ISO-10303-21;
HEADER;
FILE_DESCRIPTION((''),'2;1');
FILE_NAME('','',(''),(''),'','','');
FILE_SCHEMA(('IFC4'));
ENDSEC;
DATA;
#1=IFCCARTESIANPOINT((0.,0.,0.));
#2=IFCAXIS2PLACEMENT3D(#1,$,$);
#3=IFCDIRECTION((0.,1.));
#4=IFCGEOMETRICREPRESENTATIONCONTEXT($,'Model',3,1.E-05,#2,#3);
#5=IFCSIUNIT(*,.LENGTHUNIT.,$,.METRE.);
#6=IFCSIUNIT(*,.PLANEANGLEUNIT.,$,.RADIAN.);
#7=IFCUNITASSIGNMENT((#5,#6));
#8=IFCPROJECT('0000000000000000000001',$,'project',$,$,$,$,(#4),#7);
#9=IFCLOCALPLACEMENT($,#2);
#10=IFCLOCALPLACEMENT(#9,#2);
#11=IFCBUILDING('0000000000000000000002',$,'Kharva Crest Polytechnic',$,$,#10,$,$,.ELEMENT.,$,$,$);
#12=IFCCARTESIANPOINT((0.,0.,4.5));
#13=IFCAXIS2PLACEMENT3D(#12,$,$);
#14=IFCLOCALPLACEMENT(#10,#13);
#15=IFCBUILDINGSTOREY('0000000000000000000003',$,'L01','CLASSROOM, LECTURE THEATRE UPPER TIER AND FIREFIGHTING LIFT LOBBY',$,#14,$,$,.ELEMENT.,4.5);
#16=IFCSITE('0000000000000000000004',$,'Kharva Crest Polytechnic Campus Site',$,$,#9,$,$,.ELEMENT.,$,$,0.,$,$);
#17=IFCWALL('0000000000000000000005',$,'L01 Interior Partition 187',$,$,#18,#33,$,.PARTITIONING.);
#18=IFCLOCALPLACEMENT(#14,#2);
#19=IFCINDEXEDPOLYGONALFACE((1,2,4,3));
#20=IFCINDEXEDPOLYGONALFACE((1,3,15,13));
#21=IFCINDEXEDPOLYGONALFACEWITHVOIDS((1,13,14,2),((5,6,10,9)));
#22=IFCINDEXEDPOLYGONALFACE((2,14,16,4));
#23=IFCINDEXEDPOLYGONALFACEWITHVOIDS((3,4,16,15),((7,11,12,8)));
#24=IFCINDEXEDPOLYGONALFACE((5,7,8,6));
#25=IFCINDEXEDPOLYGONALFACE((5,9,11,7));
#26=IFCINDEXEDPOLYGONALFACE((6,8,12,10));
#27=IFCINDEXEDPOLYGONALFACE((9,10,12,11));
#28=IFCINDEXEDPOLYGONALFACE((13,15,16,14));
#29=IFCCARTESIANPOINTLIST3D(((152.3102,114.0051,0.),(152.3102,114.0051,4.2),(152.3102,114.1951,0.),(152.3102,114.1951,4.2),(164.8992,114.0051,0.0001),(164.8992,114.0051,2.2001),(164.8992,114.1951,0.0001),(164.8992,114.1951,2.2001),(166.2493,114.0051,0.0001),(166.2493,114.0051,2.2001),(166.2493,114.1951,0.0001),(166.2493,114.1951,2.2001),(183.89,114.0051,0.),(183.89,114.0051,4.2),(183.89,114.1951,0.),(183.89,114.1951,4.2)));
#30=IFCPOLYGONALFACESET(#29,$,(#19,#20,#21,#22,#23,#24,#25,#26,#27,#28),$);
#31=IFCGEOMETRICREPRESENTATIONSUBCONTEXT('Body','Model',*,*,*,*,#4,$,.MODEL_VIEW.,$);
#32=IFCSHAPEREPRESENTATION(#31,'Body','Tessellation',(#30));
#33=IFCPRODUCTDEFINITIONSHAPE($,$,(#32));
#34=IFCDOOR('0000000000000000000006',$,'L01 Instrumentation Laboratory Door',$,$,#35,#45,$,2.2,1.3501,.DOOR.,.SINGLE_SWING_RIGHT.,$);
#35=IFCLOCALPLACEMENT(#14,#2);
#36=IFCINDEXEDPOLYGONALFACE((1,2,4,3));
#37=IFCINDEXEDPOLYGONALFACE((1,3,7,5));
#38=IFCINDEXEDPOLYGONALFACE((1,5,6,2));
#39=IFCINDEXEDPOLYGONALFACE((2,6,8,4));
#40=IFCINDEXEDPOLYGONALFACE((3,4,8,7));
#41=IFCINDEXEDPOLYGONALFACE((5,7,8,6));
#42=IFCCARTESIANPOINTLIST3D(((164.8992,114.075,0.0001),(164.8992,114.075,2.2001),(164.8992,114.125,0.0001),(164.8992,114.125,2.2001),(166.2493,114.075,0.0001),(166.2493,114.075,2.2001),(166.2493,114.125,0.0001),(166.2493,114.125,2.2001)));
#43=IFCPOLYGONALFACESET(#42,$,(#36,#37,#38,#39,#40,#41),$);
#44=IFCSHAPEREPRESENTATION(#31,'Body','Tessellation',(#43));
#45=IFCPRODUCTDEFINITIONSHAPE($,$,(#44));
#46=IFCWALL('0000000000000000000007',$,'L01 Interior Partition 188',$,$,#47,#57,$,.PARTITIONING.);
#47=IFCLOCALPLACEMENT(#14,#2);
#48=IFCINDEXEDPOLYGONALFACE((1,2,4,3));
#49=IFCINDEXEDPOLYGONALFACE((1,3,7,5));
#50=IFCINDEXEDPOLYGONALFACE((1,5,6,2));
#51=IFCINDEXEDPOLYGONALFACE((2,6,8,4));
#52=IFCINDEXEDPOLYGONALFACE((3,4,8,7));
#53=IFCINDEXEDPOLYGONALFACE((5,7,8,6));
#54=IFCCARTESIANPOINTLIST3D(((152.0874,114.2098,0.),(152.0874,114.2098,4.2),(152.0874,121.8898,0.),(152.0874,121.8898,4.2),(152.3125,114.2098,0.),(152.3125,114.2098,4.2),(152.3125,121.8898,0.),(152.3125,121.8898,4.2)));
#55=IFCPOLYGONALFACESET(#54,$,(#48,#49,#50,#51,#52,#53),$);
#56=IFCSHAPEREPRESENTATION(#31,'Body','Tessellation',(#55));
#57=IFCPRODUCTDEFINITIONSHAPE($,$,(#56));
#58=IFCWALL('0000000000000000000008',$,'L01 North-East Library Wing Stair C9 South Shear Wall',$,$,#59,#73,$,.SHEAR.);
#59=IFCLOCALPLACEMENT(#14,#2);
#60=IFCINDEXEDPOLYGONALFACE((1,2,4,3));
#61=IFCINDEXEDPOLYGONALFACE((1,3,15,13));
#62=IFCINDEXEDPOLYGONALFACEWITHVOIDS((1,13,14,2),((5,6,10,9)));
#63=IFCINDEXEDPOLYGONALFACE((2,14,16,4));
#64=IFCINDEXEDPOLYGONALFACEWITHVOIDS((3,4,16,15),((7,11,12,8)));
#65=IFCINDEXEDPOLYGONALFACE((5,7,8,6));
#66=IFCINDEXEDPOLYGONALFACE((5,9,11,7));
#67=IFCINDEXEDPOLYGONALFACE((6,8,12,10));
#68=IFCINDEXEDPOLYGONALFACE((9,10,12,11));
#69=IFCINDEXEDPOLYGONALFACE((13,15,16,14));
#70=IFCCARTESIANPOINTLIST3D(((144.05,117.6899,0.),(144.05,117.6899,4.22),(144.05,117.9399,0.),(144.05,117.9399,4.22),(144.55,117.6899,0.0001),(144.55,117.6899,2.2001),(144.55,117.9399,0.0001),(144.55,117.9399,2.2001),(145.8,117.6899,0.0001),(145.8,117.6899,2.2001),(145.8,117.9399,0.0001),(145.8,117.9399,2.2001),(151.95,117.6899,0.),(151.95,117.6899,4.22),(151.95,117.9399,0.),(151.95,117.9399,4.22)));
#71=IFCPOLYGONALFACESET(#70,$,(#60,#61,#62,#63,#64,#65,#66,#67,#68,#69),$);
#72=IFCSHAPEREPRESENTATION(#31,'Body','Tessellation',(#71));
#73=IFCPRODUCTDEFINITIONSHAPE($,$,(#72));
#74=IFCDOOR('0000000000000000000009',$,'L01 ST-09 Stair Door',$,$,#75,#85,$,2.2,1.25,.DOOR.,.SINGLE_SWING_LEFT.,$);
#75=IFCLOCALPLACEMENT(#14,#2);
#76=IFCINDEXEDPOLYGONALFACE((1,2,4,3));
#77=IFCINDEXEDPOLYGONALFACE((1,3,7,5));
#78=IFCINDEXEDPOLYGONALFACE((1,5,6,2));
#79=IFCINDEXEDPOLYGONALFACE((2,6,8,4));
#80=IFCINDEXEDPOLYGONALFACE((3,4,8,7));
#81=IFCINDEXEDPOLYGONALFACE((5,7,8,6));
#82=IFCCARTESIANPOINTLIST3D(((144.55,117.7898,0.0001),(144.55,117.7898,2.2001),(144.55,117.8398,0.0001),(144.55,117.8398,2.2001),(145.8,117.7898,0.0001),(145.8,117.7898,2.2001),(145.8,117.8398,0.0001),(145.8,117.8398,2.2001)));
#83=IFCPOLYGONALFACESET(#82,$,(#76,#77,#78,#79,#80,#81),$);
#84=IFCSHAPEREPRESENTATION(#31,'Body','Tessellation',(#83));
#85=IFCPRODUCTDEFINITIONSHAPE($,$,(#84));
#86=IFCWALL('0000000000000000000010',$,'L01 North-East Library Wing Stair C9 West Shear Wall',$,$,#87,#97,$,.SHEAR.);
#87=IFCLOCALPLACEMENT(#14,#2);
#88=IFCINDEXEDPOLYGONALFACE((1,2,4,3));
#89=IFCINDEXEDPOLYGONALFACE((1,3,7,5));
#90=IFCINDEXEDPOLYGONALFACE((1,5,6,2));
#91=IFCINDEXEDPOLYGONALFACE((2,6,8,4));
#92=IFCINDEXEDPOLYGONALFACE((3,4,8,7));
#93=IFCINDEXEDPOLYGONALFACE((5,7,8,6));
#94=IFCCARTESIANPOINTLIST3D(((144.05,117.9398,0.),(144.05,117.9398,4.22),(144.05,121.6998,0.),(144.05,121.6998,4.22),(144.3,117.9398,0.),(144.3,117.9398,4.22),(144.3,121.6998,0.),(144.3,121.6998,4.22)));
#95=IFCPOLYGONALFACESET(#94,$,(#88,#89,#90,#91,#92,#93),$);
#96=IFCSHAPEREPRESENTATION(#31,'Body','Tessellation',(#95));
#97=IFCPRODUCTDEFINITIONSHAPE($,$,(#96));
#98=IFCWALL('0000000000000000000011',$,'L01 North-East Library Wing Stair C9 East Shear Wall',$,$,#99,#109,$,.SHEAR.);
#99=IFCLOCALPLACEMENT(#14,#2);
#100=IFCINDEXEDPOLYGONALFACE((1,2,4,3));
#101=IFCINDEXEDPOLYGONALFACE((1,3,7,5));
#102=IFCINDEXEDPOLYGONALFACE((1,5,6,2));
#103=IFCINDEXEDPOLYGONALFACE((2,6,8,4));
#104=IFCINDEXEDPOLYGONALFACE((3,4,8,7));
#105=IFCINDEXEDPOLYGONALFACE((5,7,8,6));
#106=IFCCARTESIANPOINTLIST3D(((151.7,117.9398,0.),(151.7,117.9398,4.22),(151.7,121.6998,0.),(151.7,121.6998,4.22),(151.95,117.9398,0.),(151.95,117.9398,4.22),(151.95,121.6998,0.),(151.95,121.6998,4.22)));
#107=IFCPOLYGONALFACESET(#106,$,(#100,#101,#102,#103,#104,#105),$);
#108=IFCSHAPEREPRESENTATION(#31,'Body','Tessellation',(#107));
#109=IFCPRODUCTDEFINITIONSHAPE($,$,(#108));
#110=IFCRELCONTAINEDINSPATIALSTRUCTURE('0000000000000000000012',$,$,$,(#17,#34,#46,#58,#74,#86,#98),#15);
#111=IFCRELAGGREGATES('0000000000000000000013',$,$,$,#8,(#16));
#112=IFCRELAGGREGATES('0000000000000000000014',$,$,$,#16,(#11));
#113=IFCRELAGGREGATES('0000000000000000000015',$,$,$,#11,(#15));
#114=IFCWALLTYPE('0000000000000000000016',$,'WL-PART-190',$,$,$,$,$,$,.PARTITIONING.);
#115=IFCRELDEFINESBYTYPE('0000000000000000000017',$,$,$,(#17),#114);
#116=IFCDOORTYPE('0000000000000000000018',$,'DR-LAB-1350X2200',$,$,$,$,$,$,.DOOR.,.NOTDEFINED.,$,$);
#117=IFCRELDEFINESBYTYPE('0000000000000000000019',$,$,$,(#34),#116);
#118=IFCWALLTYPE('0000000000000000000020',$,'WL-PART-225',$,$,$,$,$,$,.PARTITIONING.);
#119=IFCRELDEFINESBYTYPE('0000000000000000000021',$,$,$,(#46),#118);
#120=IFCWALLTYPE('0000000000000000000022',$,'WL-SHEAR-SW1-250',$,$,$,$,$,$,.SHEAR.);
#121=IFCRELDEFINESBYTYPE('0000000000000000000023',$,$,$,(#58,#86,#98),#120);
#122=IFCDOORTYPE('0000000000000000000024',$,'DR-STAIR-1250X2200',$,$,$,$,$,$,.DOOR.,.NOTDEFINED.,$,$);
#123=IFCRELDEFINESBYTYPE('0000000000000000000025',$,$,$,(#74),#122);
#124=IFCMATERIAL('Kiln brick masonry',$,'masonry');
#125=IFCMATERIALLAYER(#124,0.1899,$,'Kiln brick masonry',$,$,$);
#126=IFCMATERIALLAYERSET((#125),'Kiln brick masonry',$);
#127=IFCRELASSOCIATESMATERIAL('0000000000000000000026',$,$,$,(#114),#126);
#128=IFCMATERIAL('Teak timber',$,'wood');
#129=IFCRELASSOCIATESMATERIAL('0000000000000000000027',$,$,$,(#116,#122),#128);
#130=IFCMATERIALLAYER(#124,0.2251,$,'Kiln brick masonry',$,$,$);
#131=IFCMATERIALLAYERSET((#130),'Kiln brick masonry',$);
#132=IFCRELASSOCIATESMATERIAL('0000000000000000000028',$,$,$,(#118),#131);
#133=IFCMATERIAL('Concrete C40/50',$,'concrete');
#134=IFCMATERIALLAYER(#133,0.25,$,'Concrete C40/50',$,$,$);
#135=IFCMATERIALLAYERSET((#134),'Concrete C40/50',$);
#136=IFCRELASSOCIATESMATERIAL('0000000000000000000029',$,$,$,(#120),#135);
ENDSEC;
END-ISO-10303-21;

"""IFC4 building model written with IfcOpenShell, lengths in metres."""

from ifc_helpers import new_model, si_unit, direction, frame, frame_2d, origin, place, context, subcontext, project, spatial, rectangle, extrude, material, layer, layer_set, type_object, element, fill, save


model = new_model("IFC4")

# Units and contexts
model_context = context("Model", 3, precision=1e-05, world=origin(), true_north=direction((0.0, 1.0)))
body_context = subcontext(model_context, "Body", "Model", "MODEL_VIEW")
ifc_project = project(units=[si_unit("LENGTHUNIT", "METRE"), si_unit("PLANEANGLEUNIT", "RADIAN")], contexts=[model_context])

# Site, building, storey
site_placement = place(None, origin())
site = spatial("IfcSite", under=ifc_project, at=site_placement, Name="Kharva Crest Polytechnic Campus Site", CompositionType="ELEMENT", RefElevation=0.0)
building_placement = place(site_placement, origin())
building = spatial("IfcBuilding", under=site, at=building_placement, Name="Kharva Crest Polytechnic", CompositionType="ELEMENT")
storey_placement = place(building_placement, frame((0.0, 0.0, 4.5)))
storey = spatial("IfcBuildingStorey", under=building, at=storey_placement, Name="L01", Description="CLASSROOM, LECTURE THEATRE UPPER TIER AND FIREFIGHTING LIFT LOBBY", CompositionType="ELEMENT", Elevation=4.5)

# Shared definitions
ifc_material_1 = material(Name="Concrete C40/50", Category="concrete")

# Wall, opening, door
ifc_material_2 = material(Name="Kiln brick masonry", Category="masonry")
ifc_layer_1 = layer(ifc_material_2, 0.1899, Name="Kiln brick masonry")
ifc_layer_set_1 = layer_set([ifc_layer_1], Name="Kiln brick masonry")
wall_type_1 = type_object("IfcWallType", Name="WL-PART-190", PredefinedType="PARTITIONING", material=ifc_layer_set_1)
wall_1_placement = place(storey_placement, frame((152.3101, 114.1001, 0.0), z_axis=(0.0, 0.0, 1.0), x_axis=(1.0, 0.0, 0.0)))
wall_1 = element("IfcWall", 1, at=wall_1_placement, inside=storey, type_object=wall_type_1, Name="L01 Interior Partition 187", PredefinedType="PARTITIONING", context=body_context, shape_type="SweptSolid", body=[
    extrude(rectangle(XDim=31.5798, YDim=0.1899, at=frame_2d((15.79, 0.0))), origin(), (0.0, 0.0, 1.0), 4.2),
])
opening_1_placement = place(wall_1_placement, frame((12.5891, 0.0, 0.0)))
opening_1 = element("IfcOpeningElement", 2, at=opening_1_placement, cuts=wall_1, PredefinedType="OPENING", context=body_context, shape_type="SweptSolid", body=[
    extrude(rectangle(XDim=1.3501, YDim=2.2, at=frame_2d((0.675, 1.1001))), frame((0.0, 0.105, 0.0), z_axis=(0.0, -1.0, 0.0), x_axis=(1.0, 0.0, 0.0)), (0.0, 0.0, 1.0), 0.21),
])
ifc_material_3 = material(Name="Teak timber", Category="wood")
door_type_1 = type_object("IfcDoorType", Name="DR-LAB-1350X2200", OperationType="NOTDEFINED", PredefinedType="DOOR", material=ifc_material_3)
door_1_placement = place(opening_1_placement, origin())
door_1 = element("IfcDoor", 3, at=door_1_placement, inside=storey, type_object=door_type_1, Name="L01 Instrumentation Laboratory Door", OperationType="SINGLE_SWING_RIGHT", OverallHeight=2.2, OverallWidth=1.3501, PredefinedType="DOOR", context=body_context, shape_type="SweptSolid", body=[
    extrude(rectangle(XDim=1.3501, YDim=2.2, at=frame_2d((0.675, 1.1001))), frame((0.0, 0.0249, 0.0), z_axis=(0.0, -1.0, 0.0), x_axis=(1.0, 0.0, 0.0)), (0.0, 0.0, 1.0), 0.05),
])
fill(opening_1, door_1)

# Wall
ifc_layer_2 = layer(ifc_material_2, 0.2251, Name="Kiln brick masonry")
ifc_layer_set_2 = layer_set([ifc_layer_2], Name="Kiln brick masonry")
wall_type_2 = type_object("IfcWallType", Name="WL-PART-225", PredefinedType="PARTITIONING", material=ifc_layer_set_2)
wall_2_placement = place(storey_placement, frame((152.2, 114.21, 0.0), z_axis=(0.0, 0.0, 1.0), x_axis=(0.0, 1.0, 0.0)))
element("IfcWall", 4, at=wall_2_placement, inside=storey, type_object=wall_type_2, Name="L01 Interior Partition 188", PredefinedType="PARTITIONING", context=body_context, shape_type="SweptSolid", body=[
    extrude(rectangle(XDim=7.6799, YDim=0.2251, at=frame_2d((3.8398, 0.0))), origin(), (0.0, 0.0, 1.0), 4.2),
])

# Wall, opening, door
ifc_layer_3 = layer(ifc_material_1, 0.25, Name="Concrete C40/50")
ifc_layer_set_3 = layer_set([ifc_layer_3], Name="Concrete C40/50")
wall_type_3 = type_object("IfcWallType", Name="WL-SHEAR-SW1-250", PredefinedType="SHEAR", material=ifc_layer_set_3)
wall_3_placement = place(storey_placement, frame((144.05, 117.8149, 0.0), z_axis=(0.0, 0.0, 1.0), x_axis=(1.0, 0.0, 0.0)))
wall_3 = element("IfcWall", 5, at=wall_3_placement, inside=storey, type_object=wall_type_3, Name="L01 North-East Library Wing Stair C9 South Shear Wall", PredefinedType="SHEAR", context=body_context, shape_type="SweptSolid", body=[
    extrude(rectangle(XDim=7.8999, YDim=0.25, at=frame_2d((3.95, 0.0))), origin(), (0.0, 0.0, 1.0), 4.22),
])
opening_2_placement = place(wall_3_placement, frame((0.5, 0.0, 0.0)))
opening_2 = element("IfcOpeningElement", 6, at=opening_2_placement, cuts=wall_3, PredefinedType="OPENING", context=body_context, shape_type="SweptSolid", body=[
    extrude(rectangle(XDim=1.25, YDim=2.2, at=frame_2d((0.625, 1.1001))), frame((0.0, 0.135, 0.0), z_axis=(0.0, -1.0, 0.0), x_axis=(1.0, 0.0, 0.0)), (0.0, 0.0, 1.0), 0.27),
])
door_type_2 = type_object("IfcDoorType", Name="DR-STAIR-1250X2200", OperationType="NOTDEFINED", PredefinedType="DOOR", material=ifc_material_3)
door_2_placement = place(opening_2_placement, origin())
door_2 = element("IfcDoor", 7, at=door_2_placement, inside=storey, type_object=door_type_2, Name="L01 ST-09 Stair Door", OperationType="SINGLE_SWING_LEFT", OverallHeight=2.2, OverallWidth=1.25, PredefinedType="DOOR", context=body_context, shape_type="SweptSolid", body=[
    extrude(rectangle(XDim=1.25, YDim=2.2, at=frame_2d((0.625, 1.1001))), frame((0.0, 0.0249, 0.0), z_axis=(0.0, -1.0, 0.0), x_axis=(1.0, 0.0, 0.0)), (0.0, 0.0, 1.0), 0.05),
])
fill(opening_2, door_2)

# Walls
for number, where, z_axis, x_axis, name in (
    (8, (144.175, 117.9399, 0.0), (0.0, 0.0, 1.0), (0.0, 1.0, 0.0), "L01 North-East Library Wing Stair C9 West Shear Wall"),
    (9, (151.825, 117.9399, 0.0), (0.0, 0.0, 1.0), (0.0, 1.0, 0.0), "L01 North-East Library Wing Stair C9 East Shear Wall"),
):
    element("IfcWall", number, at=place(storey_placement, frame(where, z_axis=z_axis, x_axis=x_axis)), inside=storey, type_object=wall_type_3, Name=name, PredefinedType="SHEAR", context=body_context, shape_type="SweptSolid", body=[
        extrude(rectangle(XDim=3.76, YDim=0.25, at=frame_2d((1.8799, 0.0))), origin(), (0.0, 0.0, 1.0), 4.22),
    ])

save(model, "model.ifc")
